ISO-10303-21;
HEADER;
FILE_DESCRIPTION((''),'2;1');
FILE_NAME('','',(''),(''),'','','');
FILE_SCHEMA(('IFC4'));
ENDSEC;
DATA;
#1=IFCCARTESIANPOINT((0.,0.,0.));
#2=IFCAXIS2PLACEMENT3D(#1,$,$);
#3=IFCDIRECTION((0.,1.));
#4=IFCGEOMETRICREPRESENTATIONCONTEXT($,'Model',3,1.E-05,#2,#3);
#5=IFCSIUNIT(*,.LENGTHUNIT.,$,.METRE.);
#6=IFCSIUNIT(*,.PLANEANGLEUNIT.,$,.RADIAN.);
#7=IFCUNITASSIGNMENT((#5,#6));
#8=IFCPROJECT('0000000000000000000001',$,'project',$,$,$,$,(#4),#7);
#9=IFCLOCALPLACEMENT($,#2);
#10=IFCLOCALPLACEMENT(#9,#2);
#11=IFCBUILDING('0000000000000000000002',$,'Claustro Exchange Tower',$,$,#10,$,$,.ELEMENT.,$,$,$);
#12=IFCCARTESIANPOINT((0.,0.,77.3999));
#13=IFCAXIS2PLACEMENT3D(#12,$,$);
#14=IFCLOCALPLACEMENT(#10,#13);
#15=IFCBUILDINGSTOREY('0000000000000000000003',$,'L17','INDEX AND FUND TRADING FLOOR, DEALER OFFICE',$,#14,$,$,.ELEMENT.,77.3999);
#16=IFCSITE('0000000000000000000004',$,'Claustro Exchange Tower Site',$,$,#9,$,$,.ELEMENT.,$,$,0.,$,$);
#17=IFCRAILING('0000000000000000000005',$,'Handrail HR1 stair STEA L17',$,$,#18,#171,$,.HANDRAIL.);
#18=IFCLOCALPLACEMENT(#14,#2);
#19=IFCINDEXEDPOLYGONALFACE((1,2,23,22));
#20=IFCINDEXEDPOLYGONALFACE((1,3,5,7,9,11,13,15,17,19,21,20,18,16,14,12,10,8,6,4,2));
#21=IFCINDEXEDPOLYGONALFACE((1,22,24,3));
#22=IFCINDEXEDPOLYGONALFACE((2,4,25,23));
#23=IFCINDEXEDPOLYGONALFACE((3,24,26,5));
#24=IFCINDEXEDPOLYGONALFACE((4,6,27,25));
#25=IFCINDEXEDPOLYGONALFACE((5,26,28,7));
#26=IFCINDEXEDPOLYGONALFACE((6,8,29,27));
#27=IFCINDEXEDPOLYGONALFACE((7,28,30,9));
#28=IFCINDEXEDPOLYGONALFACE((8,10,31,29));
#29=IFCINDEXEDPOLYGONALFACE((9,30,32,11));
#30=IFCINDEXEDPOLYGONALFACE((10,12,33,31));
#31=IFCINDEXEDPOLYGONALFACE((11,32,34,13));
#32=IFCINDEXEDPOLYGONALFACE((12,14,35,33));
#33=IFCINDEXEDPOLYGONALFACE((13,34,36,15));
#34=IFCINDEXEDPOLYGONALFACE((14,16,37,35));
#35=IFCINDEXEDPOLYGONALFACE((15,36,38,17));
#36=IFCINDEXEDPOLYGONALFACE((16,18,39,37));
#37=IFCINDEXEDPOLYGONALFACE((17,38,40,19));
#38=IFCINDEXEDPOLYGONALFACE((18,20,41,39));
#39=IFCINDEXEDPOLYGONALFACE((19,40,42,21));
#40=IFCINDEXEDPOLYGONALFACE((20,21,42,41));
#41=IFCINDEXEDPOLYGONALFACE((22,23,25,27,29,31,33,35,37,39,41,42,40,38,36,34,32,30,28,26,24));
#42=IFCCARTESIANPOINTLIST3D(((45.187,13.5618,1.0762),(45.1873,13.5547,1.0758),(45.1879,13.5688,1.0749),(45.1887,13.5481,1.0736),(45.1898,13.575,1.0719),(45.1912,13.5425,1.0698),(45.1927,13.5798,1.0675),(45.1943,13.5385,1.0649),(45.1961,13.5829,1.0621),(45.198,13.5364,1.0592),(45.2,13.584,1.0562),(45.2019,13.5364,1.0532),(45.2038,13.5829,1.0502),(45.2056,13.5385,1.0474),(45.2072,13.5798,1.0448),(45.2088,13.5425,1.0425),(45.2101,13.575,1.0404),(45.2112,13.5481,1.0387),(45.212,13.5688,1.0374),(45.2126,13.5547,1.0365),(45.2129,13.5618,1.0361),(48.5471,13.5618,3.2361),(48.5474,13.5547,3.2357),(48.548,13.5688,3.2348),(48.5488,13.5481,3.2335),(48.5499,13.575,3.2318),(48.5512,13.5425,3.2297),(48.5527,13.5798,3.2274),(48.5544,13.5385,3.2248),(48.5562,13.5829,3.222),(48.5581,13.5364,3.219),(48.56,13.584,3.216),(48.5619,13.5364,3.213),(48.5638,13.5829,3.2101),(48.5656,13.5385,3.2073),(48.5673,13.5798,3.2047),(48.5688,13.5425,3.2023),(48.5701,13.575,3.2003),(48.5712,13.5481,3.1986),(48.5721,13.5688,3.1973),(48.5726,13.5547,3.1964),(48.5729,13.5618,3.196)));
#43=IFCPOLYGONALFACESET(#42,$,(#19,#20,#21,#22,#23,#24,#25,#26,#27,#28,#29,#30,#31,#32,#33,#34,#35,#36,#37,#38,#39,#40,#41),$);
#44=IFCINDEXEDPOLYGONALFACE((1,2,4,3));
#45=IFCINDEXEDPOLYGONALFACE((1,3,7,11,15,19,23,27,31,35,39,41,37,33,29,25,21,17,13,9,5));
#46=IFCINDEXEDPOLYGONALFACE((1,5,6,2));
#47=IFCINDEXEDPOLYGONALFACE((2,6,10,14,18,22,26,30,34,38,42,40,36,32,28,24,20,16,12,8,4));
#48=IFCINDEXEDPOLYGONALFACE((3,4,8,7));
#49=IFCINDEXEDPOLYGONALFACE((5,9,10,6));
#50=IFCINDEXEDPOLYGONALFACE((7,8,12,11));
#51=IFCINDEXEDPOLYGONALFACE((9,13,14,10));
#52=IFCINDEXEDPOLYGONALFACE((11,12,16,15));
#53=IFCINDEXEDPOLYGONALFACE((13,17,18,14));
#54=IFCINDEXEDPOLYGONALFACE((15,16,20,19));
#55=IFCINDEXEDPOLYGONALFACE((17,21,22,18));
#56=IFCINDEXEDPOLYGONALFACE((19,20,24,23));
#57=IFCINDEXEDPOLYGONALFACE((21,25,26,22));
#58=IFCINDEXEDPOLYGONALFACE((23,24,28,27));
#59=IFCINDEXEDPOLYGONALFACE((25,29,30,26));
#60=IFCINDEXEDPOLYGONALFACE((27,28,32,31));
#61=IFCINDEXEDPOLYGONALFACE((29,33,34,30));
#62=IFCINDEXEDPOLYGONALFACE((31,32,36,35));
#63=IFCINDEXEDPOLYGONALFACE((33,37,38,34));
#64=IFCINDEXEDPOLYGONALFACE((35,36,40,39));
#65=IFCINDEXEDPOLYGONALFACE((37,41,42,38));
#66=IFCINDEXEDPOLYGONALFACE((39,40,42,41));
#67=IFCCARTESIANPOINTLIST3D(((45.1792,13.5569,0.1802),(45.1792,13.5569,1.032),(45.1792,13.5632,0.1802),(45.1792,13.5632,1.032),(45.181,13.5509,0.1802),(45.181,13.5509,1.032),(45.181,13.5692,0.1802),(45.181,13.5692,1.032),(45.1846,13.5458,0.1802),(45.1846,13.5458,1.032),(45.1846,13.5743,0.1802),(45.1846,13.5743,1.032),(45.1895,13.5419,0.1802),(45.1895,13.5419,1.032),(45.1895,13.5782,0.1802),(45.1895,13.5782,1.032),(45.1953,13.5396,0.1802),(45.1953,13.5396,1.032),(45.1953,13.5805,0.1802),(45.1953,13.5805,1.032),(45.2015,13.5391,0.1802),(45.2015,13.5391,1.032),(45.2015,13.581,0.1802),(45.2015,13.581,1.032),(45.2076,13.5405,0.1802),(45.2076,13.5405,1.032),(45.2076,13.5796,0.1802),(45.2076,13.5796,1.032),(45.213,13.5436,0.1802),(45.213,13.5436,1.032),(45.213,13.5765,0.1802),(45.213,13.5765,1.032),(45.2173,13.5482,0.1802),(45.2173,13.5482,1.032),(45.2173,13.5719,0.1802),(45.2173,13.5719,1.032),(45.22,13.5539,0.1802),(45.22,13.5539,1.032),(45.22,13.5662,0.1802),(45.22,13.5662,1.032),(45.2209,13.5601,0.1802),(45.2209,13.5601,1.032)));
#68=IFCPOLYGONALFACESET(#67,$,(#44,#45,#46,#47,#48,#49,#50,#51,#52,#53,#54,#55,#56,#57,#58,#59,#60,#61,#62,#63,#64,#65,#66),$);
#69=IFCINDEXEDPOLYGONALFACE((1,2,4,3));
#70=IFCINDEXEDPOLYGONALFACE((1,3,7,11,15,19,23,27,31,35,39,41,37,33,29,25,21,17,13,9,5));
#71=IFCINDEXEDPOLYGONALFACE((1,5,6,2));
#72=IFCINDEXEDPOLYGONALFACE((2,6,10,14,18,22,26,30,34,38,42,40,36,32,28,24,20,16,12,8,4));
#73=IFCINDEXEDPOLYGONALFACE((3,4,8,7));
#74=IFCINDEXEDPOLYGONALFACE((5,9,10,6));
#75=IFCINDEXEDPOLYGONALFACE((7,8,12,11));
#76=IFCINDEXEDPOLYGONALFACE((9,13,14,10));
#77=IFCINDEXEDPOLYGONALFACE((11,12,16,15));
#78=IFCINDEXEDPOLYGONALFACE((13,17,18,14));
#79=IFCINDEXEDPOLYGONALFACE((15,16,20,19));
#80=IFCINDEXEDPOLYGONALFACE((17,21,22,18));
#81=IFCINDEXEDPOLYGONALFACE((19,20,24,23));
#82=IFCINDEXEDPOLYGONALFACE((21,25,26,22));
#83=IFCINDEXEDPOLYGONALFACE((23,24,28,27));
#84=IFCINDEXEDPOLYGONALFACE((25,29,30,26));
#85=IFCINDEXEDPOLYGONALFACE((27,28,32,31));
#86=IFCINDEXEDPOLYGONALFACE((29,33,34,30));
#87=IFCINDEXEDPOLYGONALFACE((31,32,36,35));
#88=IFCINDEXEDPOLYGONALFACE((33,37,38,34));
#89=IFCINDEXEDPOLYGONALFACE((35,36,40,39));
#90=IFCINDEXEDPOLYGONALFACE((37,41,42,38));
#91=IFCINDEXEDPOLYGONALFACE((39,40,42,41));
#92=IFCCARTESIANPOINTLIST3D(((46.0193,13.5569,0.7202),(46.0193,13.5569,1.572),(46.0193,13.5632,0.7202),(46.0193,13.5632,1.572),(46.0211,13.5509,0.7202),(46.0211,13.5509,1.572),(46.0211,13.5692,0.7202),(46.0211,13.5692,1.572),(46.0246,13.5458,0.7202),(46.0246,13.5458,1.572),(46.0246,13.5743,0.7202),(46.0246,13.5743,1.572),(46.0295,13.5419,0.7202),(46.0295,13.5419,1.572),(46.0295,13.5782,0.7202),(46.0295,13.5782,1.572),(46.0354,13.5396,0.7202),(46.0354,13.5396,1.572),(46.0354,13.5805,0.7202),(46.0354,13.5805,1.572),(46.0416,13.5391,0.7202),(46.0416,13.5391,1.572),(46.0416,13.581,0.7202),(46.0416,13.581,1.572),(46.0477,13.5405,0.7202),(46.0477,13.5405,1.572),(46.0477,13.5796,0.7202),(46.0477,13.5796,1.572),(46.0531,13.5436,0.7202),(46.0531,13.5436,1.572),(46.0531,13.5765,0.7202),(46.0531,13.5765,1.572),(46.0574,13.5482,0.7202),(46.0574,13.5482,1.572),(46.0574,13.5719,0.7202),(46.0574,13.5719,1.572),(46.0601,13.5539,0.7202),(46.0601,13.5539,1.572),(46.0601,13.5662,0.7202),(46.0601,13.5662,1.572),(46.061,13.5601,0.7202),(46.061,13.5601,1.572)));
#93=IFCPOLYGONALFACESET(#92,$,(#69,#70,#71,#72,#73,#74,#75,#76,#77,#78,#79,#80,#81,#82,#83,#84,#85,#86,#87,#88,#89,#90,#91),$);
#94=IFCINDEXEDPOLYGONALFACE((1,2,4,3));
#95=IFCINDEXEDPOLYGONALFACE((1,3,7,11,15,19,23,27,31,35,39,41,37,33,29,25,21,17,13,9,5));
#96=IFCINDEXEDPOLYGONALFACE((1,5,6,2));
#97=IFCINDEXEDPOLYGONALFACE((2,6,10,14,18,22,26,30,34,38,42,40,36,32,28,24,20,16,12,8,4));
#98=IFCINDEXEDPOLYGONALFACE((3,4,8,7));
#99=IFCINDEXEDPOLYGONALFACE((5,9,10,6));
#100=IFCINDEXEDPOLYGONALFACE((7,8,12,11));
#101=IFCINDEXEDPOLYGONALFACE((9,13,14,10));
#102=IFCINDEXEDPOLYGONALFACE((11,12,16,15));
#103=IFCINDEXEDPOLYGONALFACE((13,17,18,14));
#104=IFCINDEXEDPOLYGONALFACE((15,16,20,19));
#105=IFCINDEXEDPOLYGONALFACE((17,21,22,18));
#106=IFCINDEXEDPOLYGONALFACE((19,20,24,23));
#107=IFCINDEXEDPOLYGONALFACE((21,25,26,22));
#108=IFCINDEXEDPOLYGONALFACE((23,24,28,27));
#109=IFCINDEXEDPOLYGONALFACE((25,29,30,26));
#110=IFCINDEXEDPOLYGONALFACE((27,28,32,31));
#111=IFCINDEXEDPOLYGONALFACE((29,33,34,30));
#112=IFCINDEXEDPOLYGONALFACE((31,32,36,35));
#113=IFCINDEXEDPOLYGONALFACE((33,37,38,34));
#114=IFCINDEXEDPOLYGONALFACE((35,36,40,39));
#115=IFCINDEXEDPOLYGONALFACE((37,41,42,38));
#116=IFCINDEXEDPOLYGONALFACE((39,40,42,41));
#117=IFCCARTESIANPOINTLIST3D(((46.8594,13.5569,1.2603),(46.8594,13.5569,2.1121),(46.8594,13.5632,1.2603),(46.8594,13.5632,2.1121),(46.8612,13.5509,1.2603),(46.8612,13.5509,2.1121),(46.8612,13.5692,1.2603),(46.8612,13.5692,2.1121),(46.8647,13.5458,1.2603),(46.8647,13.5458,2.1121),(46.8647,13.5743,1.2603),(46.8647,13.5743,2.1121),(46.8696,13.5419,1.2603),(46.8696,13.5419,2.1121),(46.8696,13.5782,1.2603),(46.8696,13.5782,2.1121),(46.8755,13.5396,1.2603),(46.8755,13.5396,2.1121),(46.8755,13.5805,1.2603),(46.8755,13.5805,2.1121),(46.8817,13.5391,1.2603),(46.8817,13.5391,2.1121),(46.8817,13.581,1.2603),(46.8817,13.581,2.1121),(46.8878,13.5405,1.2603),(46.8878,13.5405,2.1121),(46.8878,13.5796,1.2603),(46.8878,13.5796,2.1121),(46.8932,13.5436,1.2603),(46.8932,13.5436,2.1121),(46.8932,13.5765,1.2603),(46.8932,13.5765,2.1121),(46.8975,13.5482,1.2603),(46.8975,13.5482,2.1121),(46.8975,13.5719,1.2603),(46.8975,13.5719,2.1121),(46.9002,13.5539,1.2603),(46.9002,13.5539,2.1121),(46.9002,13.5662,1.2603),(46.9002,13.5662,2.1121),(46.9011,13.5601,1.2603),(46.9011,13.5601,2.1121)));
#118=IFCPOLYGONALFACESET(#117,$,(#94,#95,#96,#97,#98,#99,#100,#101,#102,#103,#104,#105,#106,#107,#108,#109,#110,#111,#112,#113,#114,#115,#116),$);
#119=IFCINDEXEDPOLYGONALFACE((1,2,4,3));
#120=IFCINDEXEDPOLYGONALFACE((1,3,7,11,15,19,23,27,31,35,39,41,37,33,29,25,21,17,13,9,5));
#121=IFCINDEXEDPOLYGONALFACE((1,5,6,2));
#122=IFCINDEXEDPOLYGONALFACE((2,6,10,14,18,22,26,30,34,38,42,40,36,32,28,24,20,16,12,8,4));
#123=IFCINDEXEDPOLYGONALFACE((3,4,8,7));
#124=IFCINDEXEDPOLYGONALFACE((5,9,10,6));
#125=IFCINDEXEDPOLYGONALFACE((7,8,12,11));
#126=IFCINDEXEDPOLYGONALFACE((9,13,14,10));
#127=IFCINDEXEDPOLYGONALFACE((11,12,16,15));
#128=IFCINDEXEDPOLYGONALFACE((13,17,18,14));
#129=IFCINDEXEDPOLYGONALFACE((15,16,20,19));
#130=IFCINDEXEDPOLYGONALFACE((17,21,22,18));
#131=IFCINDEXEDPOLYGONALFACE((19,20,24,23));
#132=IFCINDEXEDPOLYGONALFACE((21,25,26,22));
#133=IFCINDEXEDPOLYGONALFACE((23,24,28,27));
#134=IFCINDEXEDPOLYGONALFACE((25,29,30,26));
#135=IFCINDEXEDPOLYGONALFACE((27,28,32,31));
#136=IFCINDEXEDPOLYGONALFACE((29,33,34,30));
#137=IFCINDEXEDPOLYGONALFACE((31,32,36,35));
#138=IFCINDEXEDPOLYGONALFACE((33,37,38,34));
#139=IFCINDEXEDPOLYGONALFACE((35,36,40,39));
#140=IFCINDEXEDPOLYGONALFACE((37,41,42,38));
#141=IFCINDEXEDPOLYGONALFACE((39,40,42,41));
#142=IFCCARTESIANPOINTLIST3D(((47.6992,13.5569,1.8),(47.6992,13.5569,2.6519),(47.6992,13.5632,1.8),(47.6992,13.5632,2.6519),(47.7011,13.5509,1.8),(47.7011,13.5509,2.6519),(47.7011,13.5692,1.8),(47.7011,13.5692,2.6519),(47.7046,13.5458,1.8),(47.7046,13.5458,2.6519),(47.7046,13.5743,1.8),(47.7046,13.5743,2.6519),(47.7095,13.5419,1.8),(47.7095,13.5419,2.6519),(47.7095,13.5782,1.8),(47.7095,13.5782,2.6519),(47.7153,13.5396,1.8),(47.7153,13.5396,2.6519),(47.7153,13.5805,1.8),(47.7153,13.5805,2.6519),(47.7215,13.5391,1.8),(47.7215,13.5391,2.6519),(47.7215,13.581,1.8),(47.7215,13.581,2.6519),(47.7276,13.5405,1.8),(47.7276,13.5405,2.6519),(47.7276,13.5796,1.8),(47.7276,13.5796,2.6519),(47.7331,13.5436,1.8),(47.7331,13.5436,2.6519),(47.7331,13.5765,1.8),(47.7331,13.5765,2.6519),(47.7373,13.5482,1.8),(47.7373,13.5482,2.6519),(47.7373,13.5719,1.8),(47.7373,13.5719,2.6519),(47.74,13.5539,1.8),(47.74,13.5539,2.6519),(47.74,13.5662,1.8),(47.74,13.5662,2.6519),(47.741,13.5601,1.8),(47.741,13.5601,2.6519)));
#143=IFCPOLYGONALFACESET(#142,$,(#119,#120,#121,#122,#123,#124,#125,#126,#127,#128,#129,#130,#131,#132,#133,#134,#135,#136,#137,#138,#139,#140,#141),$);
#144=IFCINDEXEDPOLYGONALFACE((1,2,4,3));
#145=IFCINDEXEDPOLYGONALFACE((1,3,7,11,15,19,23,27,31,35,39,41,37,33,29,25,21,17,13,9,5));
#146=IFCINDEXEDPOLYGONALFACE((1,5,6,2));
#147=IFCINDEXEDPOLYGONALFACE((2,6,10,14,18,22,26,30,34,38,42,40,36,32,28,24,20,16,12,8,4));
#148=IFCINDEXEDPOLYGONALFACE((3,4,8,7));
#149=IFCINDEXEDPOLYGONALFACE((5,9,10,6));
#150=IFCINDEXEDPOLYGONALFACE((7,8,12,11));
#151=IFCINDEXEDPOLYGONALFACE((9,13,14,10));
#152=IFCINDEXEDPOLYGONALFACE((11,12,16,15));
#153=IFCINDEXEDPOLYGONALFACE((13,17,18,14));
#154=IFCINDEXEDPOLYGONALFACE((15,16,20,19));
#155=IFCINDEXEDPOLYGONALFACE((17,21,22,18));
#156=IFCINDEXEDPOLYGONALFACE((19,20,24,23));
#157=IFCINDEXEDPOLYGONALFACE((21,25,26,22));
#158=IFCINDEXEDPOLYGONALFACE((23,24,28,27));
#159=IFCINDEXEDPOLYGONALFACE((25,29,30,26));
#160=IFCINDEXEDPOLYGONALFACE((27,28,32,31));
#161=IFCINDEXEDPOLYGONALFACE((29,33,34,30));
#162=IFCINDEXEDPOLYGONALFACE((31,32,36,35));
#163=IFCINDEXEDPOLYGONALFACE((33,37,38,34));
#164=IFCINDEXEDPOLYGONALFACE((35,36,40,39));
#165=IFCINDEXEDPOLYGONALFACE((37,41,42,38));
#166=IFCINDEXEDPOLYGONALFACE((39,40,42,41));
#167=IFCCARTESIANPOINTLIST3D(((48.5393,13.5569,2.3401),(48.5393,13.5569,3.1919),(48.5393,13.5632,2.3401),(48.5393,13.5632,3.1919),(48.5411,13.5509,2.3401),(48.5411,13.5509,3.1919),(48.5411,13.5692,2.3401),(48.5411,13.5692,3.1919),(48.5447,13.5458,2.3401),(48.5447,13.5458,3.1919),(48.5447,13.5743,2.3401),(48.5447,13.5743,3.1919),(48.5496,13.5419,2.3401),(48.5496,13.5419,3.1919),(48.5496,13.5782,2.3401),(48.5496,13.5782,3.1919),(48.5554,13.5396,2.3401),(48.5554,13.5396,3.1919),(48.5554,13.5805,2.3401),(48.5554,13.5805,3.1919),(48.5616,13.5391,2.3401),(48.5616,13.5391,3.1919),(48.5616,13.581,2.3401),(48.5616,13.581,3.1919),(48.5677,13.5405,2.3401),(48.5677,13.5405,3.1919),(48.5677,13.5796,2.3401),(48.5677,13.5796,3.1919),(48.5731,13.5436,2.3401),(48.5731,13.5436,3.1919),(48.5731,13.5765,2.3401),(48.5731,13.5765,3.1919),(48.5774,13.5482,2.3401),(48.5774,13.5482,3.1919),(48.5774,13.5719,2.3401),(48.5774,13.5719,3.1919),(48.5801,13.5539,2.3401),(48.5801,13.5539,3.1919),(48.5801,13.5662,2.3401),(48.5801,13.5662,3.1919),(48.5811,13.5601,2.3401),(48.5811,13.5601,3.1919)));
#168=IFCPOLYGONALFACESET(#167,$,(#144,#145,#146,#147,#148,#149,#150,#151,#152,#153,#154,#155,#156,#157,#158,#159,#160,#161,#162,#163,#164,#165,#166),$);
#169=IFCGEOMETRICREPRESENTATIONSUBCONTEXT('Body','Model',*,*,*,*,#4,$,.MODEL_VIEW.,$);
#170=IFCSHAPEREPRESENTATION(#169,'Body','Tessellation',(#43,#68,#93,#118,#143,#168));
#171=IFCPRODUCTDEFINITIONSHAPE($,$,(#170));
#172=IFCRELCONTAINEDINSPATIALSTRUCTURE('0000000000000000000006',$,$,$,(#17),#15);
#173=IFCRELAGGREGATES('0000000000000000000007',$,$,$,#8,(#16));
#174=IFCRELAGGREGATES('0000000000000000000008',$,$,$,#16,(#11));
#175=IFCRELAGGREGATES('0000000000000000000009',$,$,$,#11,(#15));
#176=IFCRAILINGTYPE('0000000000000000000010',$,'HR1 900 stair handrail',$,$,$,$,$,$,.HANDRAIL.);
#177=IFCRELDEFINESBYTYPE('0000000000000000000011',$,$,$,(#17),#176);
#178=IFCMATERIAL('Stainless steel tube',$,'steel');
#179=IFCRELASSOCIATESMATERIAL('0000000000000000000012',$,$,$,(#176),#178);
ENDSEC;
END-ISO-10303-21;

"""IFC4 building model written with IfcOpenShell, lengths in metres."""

from ifc_helpers import new_model, si_unit, direction, frame, origin, origin_2d, place, context, subcontext, project, spatial, circle, extrude, material, type_object, element, save


model = new_model("IFC4")

# Units and contexts
model_context = context("Model", 3, precision=1e-05, world=origin(), true_north=direction((0.0, 1.0)))
body_context = subcontext(model_context, "Body", "Model", "MODEL_VIEW")
ifc_project = project(units=[si_unit("LENGTHUNIT", "METRE"), si_unit("PLANEANGLEUNIT", "RADIAN")], contexts=[model_context])

# Site, building, storey
site_placement = place(None, origin())
site = spatial("IfcSite", under=ifc_project, at=site_placement, Name="Claustro Exchange Tower Site", CompositionType="ELEMENT", RefElevation=0.0)
building_placement = place(site_placement, origin())
building = spatial("IfcBuilding", under=site, at=building_placement, Name="Claustro Exchange Tower", CompositionType="ELEMENT")
storey_placement = place(building_placement, frame((0.0, 0.0, 77.3999)))
storey = spatial("IfcBuildingStorey", under=building, at=storey_placement, Name="L17", Description="INDEX AND FUND TRADING FLOOR, DEALER OFFICE", CompositionType="ELEMENT", Elevation=77.3999)

# Railing
ifc_material_1 = material(Name="Stainless steel tube", Category="steel")
railing_type_1 = type_object("IfcRailingType", Name="HR1 900 stair handrail", PredefinedType="HANDRAIL", material=ifc_material_1)
railing_1_placement = place(storey_placement, frame((45.2, 13.5601, 0.1802)))
element("IfcRailing", 1, at=railing_1_placement, inside=storey, type_object=railing_type_1, Name="Handrail HR1 stair STEA L17", PredefinedType="HANDRAIL", context=body_context, shape_type="SweptSolid", body=[
    extrude(circle(Radius=0.0239, at=origin_2d()), frame((0.0, 0.0, 0.876), z_axis=(0.841196, 0.0, 0.54073), x_axis=(0.0, 1.0, 0.0)), (0.0, 0.0, 1.0), 3.9944),
    extrude(circle(Radius=0.021, at=origin_2d()), origin(), (0.0, 0.0, 1.0), 0.8518),
    extrude(circle(Radius=0.021, at=origin_2d()), frame((0.8401, 0.0, 0.54)), (0.0, 0.0, 1.0), 0.8518),
    extrude(circle(Radius=0.021, at=origin_2d()), frame((1.6802, 0.0, 1.0801)), (0.0, 0.0, 1.0), 0.8518),
    extrude(circle(Radius=0.021, at=origin_2d()), frame((2.52, 0.0, 1.6199)), (0.0, 0.0, 1.0), 0.8518),
    extrude(circle(Radius=0.021, at=origin_2d()), frame((3.3601, 0.0, 2.1599)), (0.0, 0.0, 1.0), 0.8518),
])

save(model, "model.ifc")
